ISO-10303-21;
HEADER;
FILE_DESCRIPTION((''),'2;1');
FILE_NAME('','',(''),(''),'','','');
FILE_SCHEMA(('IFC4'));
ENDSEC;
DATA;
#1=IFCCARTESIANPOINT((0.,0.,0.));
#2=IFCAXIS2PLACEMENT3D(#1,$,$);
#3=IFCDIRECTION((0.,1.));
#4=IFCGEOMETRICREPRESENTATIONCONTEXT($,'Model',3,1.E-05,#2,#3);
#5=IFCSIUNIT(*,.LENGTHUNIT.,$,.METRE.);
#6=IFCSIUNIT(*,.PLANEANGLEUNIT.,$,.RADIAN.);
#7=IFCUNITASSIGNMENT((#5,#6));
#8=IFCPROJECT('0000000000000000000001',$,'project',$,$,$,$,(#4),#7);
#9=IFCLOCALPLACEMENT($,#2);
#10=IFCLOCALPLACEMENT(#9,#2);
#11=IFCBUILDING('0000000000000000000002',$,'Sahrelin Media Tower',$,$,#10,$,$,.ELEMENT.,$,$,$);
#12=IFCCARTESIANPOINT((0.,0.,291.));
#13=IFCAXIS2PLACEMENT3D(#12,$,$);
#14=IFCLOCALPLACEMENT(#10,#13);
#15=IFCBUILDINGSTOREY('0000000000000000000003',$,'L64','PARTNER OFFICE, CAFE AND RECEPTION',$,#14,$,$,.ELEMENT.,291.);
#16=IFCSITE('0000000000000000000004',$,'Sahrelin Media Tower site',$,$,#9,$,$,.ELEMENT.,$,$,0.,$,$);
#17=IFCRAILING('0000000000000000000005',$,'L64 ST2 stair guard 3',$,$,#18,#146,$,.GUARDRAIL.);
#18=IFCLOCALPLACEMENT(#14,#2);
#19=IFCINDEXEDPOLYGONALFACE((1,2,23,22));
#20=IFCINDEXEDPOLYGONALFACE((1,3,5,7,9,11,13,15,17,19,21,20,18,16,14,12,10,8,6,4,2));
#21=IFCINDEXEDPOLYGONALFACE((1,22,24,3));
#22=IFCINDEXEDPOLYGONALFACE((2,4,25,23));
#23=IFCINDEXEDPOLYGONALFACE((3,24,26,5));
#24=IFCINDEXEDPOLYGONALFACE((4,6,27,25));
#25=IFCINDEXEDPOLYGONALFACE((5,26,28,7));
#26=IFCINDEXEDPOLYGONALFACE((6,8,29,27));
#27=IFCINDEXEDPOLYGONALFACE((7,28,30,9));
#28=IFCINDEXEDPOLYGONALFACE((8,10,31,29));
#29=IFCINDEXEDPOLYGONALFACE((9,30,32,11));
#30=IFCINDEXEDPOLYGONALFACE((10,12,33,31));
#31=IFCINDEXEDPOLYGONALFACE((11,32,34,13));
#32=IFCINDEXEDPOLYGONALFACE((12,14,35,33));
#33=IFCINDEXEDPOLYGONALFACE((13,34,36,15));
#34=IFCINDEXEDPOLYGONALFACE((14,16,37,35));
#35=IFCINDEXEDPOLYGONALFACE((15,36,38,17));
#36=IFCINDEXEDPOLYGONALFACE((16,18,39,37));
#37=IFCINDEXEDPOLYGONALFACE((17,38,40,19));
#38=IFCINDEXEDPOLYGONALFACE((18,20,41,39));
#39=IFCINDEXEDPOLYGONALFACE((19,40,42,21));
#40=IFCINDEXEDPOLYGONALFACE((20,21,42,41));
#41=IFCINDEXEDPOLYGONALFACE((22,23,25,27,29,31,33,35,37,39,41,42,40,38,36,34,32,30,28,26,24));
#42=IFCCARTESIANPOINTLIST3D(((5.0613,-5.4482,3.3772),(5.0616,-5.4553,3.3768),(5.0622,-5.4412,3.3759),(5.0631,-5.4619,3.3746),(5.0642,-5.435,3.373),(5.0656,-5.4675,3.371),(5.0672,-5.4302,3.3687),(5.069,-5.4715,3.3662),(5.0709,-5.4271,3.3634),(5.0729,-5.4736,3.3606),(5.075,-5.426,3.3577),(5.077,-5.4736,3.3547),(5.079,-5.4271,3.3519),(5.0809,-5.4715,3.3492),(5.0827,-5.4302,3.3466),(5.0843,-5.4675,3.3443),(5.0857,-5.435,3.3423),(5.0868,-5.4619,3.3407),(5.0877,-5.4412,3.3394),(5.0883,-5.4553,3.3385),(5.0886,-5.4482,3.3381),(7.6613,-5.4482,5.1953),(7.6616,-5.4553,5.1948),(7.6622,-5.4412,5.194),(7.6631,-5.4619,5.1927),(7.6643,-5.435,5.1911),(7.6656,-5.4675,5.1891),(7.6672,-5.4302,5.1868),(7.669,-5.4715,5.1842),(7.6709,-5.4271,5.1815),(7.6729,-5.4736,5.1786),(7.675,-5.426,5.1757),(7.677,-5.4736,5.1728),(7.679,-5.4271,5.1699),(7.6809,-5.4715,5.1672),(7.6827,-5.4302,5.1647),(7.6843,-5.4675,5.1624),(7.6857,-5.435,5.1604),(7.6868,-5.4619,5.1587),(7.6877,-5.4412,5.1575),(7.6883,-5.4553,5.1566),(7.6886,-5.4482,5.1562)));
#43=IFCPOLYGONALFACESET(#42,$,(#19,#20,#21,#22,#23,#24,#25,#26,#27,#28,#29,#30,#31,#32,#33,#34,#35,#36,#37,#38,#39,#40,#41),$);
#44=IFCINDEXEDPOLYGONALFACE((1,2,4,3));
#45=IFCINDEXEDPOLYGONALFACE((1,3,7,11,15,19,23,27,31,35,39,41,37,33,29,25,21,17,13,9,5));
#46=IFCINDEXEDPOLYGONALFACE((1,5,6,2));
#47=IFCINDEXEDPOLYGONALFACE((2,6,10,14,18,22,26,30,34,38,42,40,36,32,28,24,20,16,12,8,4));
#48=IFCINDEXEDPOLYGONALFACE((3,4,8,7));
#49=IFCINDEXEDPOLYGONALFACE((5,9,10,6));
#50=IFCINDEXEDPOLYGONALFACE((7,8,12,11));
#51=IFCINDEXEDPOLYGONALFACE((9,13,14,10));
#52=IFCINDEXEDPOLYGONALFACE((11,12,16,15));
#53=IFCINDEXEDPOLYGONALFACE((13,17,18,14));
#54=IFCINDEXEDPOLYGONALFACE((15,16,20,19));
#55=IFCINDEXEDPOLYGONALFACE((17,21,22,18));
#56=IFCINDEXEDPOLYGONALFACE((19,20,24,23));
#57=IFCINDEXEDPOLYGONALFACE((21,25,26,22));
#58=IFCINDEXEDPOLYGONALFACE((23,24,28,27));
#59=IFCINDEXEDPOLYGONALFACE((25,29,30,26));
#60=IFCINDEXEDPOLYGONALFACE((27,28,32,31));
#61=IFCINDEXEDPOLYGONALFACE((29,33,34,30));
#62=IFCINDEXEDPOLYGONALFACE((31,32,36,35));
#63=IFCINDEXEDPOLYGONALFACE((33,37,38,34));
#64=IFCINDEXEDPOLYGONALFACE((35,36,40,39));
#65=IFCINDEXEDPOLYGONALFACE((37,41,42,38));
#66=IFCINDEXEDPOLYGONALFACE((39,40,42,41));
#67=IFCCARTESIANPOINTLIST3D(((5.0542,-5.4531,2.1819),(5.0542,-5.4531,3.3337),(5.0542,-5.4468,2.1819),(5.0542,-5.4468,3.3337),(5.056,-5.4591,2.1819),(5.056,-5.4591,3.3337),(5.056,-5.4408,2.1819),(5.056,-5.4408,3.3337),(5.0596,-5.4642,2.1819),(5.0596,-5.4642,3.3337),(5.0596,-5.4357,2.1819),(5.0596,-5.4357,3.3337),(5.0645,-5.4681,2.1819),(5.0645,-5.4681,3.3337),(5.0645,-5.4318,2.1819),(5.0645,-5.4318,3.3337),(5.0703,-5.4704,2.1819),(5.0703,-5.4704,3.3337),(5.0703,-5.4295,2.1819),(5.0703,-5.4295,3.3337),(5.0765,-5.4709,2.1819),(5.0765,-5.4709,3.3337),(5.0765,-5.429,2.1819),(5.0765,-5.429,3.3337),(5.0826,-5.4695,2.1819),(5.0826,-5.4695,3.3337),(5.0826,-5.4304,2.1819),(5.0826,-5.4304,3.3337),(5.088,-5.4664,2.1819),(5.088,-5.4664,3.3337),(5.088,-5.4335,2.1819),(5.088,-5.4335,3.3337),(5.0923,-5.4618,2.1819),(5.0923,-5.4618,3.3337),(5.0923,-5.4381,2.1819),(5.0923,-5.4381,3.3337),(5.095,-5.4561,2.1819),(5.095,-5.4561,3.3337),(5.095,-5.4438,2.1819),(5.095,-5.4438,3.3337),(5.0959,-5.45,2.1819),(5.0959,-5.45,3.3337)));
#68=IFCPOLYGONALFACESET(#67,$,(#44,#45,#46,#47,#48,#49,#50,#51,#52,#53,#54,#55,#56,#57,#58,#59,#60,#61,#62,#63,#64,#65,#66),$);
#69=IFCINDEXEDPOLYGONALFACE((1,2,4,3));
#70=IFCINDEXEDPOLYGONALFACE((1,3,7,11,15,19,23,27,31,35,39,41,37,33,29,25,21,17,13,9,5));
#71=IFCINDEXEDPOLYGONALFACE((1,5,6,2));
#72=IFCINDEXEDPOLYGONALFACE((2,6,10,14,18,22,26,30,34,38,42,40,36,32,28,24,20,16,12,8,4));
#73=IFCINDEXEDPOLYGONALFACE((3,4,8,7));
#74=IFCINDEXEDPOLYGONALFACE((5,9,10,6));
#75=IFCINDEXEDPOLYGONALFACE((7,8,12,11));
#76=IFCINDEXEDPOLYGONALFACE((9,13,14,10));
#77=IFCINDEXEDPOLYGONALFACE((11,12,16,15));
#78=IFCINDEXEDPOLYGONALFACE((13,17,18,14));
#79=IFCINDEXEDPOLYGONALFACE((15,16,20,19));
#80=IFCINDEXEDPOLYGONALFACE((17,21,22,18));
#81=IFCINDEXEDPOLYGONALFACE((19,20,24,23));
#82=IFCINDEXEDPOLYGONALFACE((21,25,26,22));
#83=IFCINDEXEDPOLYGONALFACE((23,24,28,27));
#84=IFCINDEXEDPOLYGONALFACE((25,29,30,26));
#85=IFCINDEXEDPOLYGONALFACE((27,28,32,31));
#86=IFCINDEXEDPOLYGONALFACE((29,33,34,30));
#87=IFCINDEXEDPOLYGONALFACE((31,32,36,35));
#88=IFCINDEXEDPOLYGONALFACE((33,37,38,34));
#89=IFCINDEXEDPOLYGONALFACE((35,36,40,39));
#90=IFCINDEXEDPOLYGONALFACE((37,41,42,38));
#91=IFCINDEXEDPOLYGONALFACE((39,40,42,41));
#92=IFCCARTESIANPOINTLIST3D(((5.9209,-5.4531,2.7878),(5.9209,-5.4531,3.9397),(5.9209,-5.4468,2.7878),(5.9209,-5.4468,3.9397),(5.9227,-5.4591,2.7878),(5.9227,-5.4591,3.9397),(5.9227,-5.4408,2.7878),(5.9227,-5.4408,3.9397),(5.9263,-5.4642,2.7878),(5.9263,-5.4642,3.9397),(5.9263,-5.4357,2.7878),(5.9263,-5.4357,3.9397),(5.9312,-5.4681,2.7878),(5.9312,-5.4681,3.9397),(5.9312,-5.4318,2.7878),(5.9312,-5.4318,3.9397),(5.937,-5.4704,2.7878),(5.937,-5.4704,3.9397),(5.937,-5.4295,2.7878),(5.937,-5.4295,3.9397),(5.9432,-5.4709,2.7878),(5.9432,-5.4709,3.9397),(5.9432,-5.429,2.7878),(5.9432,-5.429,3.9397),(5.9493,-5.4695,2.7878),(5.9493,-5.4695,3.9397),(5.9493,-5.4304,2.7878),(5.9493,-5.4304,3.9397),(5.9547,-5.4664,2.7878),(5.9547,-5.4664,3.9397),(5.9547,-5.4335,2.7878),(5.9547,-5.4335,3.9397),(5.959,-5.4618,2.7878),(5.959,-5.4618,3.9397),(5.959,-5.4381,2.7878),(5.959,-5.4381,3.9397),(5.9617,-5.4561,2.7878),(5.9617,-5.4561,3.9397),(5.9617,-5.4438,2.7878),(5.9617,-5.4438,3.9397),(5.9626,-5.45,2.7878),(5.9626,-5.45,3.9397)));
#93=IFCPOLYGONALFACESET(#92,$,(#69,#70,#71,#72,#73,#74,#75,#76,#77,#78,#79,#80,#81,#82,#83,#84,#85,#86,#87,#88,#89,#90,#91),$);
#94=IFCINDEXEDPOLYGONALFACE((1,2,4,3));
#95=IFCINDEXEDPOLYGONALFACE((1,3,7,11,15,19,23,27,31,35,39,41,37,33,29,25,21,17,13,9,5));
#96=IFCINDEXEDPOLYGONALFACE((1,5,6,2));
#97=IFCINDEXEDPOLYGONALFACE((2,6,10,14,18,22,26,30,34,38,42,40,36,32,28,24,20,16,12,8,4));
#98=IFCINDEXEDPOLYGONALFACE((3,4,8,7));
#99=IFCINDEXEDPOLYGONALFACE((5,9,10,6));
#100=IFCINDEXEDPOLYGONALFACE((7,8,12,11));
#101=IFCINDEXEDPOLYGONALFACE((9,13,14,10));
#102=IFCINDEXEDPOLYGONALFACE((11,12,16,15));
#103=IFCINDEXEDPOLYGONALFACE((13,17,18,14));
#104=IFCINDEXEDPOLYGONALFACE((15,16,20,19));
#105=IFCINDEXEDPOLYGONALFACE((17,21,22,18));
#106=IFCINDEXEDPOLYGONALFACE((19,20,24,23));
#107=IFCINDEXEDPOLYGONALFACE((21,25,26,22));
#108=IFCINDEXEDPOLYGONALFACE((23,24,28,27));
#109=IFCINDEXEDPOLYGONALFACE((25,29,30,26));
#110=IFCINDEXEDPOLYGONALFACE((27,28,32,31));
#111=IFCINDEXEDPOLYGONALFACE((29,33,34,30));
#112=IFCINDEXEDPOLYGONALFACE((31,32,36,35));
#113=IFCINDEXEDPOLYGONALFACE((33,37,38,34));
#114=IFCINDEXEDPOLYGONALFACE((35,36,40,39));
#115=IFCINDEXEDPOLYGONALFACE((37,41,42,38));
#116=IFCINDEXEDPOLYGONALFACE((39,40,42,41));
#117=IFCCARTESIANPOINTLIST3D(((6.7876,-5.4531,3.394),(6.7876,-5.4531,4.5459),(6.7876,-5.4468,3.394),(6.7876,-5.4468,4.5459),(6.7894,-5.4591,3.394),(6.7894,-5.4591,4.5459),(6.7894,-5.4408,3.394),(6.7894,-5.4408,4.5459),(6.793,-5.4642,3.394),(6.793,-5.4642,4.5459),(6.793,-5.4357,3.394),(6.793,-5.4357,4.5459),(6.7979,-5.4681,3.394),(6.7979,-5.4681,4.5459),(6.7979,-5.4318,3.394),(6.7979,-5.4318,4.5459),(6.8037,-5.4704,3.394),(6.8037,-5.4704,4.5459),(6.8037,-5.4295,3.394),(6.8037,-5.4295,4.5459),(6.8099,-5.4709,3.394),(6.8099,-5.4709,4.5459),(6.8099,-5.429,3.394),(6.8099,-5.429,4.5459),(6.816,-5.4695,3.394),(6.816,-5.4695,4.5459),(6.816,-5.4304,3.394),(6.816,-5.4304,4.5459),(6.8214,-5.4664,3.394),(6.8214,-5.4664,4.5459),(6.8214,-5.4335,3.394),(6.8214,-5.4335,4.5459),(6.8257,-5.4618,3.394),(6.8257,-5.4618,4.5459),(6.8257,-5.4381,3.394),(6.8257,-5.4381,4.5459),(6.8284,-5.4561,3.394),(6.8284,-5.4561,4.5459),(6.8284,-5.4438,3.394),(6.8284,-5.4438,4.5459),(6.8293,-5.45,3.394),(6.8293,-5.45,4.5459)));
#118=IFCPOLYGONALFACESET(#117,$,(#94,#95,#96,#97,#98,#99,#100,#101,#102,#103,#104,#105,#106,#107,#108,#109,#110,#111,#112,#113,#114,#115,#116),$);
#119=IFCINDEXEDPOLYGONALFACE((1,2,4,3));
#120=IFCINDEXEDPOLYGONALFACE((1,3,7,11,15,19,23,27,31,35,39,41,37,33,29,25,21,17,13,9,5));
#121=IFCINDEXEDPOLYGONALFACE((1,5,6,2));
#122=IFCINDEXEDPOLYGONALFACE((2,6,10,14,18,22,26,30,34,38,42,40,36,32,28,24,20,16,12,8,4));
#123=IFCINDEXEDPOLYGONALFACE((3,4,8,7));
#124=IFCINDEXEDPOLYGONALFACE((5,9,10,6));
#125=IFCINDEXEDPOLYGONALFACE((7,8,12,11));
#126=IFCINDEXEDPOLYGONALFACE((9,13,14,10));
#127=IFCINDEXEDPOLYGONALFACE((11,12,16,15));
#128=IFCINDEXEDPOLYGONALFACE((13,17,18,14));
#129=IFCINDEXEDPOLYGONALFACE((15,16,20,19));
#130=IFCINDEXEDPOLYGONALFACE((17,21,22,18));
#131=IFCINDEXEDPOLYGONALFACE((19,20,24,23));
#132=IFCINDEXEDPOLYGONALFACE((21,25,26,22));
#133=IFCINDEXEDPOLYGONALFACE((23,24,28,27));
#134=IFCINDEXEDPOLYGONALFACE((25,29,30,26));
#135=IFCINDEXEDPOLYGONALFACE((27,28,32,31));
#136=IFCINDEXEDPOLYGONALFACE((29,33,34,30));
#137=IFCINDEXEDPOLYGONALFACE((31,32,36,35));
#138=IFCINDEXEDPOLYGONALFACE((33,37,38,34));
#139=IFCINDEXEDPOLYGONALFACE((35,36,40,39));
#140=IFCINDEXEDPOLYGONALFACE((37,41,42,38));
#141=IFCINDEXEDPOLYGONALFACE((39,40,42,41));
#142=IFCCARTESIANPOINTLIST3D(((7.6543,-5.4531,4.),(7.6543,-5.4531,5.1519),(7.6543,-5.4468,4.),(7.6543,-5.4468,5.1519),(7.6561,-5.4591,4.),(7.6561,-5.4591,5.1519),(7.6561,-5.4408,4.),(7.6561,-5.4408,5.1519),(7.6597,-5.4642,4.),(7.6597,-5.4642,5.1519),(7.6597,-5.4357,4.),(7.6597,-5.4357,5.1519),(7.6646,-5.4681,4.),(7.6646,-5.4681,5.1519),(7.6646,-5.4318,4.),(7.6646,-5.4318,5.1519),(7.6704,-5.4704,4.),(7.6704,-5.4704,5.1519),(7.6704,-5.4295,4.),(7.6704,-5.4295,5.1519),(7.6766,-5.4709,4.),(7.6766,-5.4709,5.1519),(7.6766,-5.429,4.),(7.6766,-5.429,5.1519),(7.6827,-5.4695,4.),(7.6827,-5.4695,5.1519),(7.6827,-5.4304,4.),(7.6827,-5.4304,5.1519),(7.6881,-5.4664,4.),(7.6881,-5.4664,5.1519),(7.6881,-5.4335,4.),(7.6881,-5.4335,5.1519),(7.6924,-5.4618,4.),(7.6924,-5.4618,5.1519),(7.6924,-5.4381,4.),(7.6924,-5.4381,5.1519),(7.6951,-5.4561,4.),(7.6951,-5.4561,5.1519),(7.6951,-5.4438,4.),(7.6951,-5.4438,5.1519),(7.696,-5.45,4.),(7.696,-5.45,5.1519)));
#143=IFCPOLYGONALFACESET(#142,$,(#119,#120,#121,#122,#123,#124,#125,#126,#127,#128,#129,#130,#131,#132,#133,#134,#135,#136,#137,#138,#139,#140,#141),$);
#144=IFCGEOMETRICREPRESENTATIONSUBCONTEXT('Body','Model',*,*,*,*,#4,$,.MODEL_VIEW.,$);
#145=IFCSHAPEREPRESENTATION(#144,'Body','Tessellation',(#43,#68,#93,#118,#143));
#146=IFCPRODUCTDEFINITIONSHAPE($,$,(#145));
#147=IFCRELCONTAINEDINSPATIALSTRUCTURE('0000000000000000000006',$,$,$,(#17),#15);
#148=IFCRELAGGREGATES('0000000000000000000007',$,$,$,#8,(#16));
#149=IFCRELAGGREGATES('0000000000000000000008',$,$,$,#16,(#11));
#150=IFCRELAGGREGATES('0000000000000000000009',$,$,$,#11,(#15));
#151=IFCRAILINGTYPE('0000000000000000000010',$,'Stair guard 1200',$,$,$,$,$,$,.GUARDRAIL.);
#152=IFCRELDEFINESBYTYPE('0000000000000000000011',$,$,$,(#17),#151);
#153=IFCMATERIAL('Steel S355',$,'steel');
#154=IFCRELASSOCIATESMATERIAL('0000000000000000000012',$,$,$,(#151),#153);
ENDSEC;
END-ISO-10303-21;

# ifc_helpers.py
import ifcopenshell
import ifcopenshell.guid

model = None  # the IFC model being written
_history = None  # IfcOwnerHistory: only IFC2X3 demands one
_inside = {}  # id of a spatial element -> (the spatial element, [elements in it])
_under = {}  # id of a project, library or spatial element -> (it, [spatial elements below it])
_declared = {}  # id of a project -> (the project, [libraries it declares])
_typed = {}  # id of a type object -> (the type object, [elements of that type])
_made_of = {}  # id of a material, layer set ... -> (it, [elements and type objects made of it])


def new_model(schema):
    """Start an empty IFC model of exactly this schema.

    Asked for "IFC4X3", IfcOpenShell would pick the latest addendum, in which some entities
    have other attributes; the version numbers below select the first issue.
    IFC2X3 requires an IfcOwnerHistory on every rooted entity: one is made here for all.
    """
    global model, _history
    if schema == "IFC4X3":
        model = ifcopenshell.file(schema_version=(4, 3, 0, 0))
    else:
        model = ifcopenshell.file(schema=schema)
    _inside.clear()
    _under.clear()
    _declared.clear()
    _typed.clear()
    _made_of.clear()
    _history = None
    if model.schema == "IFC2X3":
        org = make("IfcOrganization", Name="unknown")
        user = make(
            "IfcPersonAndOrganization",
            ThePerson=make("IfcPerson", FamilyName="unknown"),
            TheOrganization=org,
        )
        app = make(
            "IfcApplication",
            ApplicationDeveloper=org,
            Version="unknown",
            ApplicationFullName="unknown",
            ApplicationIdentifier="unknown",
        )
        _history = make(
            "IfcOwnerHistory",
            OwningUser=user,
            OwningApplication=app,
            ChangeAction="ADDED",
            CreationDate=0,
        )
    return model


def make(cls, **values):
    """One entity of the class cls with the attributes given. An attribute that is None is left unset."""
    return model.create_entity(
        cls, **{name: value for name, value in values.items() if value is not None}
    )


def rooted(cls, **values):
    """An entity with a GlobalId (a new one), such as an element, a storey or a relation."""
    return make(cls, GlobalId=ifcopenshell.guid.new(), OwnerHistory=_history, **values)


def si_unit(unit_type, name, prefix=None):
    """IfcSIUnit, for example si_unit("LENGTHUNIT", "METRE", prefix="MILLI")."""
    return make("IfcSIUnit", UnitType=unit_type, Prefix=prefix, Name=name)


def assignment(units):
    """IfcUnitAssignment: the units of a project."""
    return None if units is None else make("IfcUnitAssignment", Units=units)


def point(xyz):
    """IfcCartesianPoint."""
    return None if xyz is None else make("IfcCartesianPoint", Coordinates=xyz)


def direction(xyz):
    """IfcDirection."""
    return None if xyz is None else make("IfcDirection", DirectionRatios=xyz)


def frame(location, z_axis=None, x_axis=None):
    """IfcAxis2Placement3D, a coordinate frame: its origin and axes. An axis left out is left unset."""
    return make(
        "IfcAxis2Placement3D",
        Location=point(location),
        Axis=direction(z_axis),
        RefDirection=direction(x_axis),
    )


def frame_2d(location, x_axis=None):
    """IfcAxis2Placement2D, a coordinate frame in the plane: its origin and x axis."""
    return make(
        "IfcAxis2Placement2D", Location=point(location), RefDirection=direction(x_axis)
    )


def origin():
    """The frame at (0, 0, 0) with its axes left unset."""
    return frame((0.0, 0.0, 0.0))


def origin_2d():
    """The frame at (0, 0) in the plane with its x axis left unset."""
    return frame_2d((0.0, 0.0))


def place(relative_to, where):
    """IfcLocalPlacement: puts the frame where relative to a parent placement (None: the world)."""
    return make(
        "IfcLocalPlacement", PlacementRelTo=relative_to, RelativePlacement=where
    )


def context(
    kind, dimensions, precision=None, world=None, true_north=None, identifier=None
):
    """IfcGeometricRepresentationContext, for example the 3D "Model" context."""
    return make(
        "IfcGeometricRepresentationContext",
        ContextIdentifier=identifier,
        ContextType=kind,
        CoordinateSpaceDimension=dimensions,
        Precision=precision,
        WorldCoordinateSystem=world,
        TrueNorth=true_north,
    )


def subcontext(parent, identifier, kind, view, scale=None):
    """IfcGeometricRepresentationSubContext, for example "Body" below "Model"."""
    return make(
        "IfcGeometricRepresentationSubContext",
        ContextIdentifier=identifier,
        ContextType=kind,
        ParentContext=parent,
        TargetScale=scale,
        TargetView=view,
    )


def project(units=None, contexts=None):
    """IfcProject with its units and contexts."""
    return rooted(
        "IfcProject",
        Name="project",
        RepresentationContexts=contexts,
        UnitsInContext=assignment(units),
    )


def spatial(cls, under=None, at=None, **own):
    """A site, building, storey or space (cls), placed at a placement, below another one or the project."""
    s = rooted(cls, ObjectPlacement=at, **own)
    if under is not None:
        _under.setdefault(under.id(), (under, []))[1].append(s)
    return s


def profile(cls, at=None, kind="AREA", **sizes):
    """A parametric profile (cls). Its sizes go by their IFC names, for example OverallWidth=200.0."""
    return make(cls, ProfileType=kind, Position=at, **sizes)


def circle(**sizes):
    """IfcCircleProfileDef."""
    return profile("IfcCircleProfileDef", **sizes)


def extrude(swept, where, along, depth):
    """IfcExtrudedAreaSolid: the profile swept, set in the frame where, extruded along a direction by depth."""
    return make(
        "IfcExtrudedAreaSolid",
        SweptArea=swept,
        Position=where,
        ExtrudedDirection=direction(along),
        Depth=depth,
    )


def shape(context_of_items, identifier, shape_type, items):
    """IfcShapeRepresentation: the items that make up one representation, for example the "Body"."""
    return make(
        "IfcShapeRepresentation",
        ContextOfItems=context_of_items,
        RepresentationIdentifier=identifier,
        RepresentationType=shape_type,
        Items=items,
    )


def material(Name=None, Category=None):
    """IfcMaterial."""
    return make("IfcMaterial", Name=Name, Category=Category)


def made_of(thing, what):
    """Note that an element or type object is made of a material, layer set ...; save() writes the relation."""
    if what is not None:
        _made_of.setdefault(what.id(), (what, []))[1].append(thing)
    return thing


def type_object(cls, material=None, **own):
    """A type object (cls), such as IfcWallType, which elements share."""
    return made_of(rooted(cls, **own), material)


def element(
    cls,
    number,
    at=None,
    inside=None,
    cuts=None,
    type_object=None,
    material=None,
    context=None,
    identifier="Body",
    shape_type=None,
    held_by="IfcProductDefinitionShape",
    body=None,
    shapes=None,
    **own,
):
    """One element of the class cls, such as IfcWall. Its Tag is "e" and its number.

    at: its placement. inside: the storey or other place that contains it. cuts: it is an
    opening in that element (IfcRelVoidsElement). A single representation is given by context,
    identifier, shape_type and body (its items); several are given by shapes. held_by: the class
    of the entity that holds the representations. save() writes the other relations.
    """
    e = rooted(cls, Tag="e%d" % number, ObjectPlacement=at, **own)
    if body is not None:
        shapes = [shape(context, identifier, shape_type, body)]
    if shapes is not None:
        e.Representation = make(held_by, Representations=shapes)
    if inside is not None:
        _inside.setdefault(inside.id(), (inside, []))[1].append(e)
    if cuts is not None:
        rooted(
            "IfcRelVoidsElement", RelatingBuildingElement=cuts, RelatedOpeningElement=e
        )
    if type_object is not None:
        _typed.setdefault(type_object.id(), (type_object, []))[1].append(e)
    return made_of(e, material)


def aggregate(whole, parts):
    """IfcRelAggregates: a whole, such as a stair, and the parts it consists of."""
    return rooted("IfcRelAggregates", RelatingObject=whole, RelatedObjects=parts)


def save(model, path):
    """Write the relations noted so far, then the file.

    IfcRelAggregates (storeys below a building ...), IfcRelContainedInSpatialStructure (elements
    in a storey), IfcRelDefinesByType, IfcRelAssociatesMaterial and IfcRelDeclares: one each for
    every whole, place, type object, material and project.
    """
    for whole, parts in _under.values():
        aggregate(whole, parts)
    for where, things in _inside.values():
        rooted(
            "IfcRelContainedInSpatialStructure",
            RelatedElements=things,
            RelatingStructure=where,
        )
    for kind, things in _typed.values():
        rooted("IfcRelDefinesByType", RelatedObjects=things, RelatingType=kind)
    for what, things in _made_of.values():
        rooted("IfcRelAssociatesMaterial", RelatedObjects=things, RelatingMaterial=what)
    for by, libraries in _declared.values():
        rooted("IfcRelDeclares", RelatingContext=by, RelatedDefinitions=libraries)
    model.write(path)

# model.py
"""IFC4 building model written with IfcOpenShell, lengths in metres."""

from ifc_helpers import new_model, si_unit, direction, frame, origin, origin_2d, place, context, subcontext, project, spatial, circle, extrude, material, type_object, element, save


model = new_model("IFC4")

# Units and contexts
model_context = context("Model", 3, precision=1e-05, world=origin(), true_north=direction((0.0, 1.0)))
body_context = subcontext(model_context, "Body", "Model", "MODEL_VIEW")
ifc_project = project(units=[si_unit("LENGTHUNIT", "METRE"), si_unit("PLANEANGLEUNIT", "RADIAN")], contexts=[model_context])

# Site, building, storey
site_placement = place(None, origin())
site = spatial("IfcSite", under=ifc_project, at=site_placement, Name="Sahrelin Media Tower site", CompositionType="ELEMENT", RefElevation=0.0)
building_placement = place(site_placement, origin())
building = spatial("IfcBuilding", under=site, at=building_placement, Name="Sahrelin Media Tower", CompositionType="ELEMENT")
storey_placement = place(building_placement, frame((0.0, 0.0, 291.0)))
storey = spatial("IfcBuildingStorey", under=building, at=storey_placement, Name="L64", Description="PARTNER OFFICE, CAFE AND RECEPTION", CompositionType="ELEMENT", Elevation=291.0)

# Railing
ifc_material_1 = material(Name="Steel S355", Category="steel")
railing_type_1 = type_object("IfcRailingType", Name="Stair guard 1200", PredefinedType="GUARDRAIL", material=ifc_material_1)
railing_1_placement = place(storey_placement, frame((5.075, -5.45, 2.1819)))
element("IfcRailing", 1, at=railing_1_placement, inside=storey, type_object=railing_type_1, Name="L64 ST2 stair guard 3", PredefinedType="GUARDRAIL", context=body_context, shape_type="SweptSolid", body=[
    extrude(circle(Radius=0.0239, at=origin_2d()), frame((0.0, 0.0, 1.1758), z_axis=(0.819521, 0.0, 0.573049), x_axis=(0.0, 1.0, 0.0)), (0.0, 0.0, 1.0), 3.1726),
    extrude(circle(Radius=0.021, at=origin_2d()), origin(), (0.0, 0.0, 1.0), 1.1519),
    extrude(circle(Radius=0.021, at=origin_2d()), frame((0.8667, 0.0, 0.606)), (0.0, 0.0, 1.0), 1.1519),
    extrude(circle(Radius=0.021, at=origin_2d()), frame((1.7334, 0.0, 1.2122)), (0.0, 0.0, 1.0), 1.1519),
    extrude(circle(Radius=0.021, at=origin_2d()), frame((2.6001, 0.0, 1.8181)), (0.0, 0.0, 1.0), 1.1519),
])

save(model, "model.ifc")
